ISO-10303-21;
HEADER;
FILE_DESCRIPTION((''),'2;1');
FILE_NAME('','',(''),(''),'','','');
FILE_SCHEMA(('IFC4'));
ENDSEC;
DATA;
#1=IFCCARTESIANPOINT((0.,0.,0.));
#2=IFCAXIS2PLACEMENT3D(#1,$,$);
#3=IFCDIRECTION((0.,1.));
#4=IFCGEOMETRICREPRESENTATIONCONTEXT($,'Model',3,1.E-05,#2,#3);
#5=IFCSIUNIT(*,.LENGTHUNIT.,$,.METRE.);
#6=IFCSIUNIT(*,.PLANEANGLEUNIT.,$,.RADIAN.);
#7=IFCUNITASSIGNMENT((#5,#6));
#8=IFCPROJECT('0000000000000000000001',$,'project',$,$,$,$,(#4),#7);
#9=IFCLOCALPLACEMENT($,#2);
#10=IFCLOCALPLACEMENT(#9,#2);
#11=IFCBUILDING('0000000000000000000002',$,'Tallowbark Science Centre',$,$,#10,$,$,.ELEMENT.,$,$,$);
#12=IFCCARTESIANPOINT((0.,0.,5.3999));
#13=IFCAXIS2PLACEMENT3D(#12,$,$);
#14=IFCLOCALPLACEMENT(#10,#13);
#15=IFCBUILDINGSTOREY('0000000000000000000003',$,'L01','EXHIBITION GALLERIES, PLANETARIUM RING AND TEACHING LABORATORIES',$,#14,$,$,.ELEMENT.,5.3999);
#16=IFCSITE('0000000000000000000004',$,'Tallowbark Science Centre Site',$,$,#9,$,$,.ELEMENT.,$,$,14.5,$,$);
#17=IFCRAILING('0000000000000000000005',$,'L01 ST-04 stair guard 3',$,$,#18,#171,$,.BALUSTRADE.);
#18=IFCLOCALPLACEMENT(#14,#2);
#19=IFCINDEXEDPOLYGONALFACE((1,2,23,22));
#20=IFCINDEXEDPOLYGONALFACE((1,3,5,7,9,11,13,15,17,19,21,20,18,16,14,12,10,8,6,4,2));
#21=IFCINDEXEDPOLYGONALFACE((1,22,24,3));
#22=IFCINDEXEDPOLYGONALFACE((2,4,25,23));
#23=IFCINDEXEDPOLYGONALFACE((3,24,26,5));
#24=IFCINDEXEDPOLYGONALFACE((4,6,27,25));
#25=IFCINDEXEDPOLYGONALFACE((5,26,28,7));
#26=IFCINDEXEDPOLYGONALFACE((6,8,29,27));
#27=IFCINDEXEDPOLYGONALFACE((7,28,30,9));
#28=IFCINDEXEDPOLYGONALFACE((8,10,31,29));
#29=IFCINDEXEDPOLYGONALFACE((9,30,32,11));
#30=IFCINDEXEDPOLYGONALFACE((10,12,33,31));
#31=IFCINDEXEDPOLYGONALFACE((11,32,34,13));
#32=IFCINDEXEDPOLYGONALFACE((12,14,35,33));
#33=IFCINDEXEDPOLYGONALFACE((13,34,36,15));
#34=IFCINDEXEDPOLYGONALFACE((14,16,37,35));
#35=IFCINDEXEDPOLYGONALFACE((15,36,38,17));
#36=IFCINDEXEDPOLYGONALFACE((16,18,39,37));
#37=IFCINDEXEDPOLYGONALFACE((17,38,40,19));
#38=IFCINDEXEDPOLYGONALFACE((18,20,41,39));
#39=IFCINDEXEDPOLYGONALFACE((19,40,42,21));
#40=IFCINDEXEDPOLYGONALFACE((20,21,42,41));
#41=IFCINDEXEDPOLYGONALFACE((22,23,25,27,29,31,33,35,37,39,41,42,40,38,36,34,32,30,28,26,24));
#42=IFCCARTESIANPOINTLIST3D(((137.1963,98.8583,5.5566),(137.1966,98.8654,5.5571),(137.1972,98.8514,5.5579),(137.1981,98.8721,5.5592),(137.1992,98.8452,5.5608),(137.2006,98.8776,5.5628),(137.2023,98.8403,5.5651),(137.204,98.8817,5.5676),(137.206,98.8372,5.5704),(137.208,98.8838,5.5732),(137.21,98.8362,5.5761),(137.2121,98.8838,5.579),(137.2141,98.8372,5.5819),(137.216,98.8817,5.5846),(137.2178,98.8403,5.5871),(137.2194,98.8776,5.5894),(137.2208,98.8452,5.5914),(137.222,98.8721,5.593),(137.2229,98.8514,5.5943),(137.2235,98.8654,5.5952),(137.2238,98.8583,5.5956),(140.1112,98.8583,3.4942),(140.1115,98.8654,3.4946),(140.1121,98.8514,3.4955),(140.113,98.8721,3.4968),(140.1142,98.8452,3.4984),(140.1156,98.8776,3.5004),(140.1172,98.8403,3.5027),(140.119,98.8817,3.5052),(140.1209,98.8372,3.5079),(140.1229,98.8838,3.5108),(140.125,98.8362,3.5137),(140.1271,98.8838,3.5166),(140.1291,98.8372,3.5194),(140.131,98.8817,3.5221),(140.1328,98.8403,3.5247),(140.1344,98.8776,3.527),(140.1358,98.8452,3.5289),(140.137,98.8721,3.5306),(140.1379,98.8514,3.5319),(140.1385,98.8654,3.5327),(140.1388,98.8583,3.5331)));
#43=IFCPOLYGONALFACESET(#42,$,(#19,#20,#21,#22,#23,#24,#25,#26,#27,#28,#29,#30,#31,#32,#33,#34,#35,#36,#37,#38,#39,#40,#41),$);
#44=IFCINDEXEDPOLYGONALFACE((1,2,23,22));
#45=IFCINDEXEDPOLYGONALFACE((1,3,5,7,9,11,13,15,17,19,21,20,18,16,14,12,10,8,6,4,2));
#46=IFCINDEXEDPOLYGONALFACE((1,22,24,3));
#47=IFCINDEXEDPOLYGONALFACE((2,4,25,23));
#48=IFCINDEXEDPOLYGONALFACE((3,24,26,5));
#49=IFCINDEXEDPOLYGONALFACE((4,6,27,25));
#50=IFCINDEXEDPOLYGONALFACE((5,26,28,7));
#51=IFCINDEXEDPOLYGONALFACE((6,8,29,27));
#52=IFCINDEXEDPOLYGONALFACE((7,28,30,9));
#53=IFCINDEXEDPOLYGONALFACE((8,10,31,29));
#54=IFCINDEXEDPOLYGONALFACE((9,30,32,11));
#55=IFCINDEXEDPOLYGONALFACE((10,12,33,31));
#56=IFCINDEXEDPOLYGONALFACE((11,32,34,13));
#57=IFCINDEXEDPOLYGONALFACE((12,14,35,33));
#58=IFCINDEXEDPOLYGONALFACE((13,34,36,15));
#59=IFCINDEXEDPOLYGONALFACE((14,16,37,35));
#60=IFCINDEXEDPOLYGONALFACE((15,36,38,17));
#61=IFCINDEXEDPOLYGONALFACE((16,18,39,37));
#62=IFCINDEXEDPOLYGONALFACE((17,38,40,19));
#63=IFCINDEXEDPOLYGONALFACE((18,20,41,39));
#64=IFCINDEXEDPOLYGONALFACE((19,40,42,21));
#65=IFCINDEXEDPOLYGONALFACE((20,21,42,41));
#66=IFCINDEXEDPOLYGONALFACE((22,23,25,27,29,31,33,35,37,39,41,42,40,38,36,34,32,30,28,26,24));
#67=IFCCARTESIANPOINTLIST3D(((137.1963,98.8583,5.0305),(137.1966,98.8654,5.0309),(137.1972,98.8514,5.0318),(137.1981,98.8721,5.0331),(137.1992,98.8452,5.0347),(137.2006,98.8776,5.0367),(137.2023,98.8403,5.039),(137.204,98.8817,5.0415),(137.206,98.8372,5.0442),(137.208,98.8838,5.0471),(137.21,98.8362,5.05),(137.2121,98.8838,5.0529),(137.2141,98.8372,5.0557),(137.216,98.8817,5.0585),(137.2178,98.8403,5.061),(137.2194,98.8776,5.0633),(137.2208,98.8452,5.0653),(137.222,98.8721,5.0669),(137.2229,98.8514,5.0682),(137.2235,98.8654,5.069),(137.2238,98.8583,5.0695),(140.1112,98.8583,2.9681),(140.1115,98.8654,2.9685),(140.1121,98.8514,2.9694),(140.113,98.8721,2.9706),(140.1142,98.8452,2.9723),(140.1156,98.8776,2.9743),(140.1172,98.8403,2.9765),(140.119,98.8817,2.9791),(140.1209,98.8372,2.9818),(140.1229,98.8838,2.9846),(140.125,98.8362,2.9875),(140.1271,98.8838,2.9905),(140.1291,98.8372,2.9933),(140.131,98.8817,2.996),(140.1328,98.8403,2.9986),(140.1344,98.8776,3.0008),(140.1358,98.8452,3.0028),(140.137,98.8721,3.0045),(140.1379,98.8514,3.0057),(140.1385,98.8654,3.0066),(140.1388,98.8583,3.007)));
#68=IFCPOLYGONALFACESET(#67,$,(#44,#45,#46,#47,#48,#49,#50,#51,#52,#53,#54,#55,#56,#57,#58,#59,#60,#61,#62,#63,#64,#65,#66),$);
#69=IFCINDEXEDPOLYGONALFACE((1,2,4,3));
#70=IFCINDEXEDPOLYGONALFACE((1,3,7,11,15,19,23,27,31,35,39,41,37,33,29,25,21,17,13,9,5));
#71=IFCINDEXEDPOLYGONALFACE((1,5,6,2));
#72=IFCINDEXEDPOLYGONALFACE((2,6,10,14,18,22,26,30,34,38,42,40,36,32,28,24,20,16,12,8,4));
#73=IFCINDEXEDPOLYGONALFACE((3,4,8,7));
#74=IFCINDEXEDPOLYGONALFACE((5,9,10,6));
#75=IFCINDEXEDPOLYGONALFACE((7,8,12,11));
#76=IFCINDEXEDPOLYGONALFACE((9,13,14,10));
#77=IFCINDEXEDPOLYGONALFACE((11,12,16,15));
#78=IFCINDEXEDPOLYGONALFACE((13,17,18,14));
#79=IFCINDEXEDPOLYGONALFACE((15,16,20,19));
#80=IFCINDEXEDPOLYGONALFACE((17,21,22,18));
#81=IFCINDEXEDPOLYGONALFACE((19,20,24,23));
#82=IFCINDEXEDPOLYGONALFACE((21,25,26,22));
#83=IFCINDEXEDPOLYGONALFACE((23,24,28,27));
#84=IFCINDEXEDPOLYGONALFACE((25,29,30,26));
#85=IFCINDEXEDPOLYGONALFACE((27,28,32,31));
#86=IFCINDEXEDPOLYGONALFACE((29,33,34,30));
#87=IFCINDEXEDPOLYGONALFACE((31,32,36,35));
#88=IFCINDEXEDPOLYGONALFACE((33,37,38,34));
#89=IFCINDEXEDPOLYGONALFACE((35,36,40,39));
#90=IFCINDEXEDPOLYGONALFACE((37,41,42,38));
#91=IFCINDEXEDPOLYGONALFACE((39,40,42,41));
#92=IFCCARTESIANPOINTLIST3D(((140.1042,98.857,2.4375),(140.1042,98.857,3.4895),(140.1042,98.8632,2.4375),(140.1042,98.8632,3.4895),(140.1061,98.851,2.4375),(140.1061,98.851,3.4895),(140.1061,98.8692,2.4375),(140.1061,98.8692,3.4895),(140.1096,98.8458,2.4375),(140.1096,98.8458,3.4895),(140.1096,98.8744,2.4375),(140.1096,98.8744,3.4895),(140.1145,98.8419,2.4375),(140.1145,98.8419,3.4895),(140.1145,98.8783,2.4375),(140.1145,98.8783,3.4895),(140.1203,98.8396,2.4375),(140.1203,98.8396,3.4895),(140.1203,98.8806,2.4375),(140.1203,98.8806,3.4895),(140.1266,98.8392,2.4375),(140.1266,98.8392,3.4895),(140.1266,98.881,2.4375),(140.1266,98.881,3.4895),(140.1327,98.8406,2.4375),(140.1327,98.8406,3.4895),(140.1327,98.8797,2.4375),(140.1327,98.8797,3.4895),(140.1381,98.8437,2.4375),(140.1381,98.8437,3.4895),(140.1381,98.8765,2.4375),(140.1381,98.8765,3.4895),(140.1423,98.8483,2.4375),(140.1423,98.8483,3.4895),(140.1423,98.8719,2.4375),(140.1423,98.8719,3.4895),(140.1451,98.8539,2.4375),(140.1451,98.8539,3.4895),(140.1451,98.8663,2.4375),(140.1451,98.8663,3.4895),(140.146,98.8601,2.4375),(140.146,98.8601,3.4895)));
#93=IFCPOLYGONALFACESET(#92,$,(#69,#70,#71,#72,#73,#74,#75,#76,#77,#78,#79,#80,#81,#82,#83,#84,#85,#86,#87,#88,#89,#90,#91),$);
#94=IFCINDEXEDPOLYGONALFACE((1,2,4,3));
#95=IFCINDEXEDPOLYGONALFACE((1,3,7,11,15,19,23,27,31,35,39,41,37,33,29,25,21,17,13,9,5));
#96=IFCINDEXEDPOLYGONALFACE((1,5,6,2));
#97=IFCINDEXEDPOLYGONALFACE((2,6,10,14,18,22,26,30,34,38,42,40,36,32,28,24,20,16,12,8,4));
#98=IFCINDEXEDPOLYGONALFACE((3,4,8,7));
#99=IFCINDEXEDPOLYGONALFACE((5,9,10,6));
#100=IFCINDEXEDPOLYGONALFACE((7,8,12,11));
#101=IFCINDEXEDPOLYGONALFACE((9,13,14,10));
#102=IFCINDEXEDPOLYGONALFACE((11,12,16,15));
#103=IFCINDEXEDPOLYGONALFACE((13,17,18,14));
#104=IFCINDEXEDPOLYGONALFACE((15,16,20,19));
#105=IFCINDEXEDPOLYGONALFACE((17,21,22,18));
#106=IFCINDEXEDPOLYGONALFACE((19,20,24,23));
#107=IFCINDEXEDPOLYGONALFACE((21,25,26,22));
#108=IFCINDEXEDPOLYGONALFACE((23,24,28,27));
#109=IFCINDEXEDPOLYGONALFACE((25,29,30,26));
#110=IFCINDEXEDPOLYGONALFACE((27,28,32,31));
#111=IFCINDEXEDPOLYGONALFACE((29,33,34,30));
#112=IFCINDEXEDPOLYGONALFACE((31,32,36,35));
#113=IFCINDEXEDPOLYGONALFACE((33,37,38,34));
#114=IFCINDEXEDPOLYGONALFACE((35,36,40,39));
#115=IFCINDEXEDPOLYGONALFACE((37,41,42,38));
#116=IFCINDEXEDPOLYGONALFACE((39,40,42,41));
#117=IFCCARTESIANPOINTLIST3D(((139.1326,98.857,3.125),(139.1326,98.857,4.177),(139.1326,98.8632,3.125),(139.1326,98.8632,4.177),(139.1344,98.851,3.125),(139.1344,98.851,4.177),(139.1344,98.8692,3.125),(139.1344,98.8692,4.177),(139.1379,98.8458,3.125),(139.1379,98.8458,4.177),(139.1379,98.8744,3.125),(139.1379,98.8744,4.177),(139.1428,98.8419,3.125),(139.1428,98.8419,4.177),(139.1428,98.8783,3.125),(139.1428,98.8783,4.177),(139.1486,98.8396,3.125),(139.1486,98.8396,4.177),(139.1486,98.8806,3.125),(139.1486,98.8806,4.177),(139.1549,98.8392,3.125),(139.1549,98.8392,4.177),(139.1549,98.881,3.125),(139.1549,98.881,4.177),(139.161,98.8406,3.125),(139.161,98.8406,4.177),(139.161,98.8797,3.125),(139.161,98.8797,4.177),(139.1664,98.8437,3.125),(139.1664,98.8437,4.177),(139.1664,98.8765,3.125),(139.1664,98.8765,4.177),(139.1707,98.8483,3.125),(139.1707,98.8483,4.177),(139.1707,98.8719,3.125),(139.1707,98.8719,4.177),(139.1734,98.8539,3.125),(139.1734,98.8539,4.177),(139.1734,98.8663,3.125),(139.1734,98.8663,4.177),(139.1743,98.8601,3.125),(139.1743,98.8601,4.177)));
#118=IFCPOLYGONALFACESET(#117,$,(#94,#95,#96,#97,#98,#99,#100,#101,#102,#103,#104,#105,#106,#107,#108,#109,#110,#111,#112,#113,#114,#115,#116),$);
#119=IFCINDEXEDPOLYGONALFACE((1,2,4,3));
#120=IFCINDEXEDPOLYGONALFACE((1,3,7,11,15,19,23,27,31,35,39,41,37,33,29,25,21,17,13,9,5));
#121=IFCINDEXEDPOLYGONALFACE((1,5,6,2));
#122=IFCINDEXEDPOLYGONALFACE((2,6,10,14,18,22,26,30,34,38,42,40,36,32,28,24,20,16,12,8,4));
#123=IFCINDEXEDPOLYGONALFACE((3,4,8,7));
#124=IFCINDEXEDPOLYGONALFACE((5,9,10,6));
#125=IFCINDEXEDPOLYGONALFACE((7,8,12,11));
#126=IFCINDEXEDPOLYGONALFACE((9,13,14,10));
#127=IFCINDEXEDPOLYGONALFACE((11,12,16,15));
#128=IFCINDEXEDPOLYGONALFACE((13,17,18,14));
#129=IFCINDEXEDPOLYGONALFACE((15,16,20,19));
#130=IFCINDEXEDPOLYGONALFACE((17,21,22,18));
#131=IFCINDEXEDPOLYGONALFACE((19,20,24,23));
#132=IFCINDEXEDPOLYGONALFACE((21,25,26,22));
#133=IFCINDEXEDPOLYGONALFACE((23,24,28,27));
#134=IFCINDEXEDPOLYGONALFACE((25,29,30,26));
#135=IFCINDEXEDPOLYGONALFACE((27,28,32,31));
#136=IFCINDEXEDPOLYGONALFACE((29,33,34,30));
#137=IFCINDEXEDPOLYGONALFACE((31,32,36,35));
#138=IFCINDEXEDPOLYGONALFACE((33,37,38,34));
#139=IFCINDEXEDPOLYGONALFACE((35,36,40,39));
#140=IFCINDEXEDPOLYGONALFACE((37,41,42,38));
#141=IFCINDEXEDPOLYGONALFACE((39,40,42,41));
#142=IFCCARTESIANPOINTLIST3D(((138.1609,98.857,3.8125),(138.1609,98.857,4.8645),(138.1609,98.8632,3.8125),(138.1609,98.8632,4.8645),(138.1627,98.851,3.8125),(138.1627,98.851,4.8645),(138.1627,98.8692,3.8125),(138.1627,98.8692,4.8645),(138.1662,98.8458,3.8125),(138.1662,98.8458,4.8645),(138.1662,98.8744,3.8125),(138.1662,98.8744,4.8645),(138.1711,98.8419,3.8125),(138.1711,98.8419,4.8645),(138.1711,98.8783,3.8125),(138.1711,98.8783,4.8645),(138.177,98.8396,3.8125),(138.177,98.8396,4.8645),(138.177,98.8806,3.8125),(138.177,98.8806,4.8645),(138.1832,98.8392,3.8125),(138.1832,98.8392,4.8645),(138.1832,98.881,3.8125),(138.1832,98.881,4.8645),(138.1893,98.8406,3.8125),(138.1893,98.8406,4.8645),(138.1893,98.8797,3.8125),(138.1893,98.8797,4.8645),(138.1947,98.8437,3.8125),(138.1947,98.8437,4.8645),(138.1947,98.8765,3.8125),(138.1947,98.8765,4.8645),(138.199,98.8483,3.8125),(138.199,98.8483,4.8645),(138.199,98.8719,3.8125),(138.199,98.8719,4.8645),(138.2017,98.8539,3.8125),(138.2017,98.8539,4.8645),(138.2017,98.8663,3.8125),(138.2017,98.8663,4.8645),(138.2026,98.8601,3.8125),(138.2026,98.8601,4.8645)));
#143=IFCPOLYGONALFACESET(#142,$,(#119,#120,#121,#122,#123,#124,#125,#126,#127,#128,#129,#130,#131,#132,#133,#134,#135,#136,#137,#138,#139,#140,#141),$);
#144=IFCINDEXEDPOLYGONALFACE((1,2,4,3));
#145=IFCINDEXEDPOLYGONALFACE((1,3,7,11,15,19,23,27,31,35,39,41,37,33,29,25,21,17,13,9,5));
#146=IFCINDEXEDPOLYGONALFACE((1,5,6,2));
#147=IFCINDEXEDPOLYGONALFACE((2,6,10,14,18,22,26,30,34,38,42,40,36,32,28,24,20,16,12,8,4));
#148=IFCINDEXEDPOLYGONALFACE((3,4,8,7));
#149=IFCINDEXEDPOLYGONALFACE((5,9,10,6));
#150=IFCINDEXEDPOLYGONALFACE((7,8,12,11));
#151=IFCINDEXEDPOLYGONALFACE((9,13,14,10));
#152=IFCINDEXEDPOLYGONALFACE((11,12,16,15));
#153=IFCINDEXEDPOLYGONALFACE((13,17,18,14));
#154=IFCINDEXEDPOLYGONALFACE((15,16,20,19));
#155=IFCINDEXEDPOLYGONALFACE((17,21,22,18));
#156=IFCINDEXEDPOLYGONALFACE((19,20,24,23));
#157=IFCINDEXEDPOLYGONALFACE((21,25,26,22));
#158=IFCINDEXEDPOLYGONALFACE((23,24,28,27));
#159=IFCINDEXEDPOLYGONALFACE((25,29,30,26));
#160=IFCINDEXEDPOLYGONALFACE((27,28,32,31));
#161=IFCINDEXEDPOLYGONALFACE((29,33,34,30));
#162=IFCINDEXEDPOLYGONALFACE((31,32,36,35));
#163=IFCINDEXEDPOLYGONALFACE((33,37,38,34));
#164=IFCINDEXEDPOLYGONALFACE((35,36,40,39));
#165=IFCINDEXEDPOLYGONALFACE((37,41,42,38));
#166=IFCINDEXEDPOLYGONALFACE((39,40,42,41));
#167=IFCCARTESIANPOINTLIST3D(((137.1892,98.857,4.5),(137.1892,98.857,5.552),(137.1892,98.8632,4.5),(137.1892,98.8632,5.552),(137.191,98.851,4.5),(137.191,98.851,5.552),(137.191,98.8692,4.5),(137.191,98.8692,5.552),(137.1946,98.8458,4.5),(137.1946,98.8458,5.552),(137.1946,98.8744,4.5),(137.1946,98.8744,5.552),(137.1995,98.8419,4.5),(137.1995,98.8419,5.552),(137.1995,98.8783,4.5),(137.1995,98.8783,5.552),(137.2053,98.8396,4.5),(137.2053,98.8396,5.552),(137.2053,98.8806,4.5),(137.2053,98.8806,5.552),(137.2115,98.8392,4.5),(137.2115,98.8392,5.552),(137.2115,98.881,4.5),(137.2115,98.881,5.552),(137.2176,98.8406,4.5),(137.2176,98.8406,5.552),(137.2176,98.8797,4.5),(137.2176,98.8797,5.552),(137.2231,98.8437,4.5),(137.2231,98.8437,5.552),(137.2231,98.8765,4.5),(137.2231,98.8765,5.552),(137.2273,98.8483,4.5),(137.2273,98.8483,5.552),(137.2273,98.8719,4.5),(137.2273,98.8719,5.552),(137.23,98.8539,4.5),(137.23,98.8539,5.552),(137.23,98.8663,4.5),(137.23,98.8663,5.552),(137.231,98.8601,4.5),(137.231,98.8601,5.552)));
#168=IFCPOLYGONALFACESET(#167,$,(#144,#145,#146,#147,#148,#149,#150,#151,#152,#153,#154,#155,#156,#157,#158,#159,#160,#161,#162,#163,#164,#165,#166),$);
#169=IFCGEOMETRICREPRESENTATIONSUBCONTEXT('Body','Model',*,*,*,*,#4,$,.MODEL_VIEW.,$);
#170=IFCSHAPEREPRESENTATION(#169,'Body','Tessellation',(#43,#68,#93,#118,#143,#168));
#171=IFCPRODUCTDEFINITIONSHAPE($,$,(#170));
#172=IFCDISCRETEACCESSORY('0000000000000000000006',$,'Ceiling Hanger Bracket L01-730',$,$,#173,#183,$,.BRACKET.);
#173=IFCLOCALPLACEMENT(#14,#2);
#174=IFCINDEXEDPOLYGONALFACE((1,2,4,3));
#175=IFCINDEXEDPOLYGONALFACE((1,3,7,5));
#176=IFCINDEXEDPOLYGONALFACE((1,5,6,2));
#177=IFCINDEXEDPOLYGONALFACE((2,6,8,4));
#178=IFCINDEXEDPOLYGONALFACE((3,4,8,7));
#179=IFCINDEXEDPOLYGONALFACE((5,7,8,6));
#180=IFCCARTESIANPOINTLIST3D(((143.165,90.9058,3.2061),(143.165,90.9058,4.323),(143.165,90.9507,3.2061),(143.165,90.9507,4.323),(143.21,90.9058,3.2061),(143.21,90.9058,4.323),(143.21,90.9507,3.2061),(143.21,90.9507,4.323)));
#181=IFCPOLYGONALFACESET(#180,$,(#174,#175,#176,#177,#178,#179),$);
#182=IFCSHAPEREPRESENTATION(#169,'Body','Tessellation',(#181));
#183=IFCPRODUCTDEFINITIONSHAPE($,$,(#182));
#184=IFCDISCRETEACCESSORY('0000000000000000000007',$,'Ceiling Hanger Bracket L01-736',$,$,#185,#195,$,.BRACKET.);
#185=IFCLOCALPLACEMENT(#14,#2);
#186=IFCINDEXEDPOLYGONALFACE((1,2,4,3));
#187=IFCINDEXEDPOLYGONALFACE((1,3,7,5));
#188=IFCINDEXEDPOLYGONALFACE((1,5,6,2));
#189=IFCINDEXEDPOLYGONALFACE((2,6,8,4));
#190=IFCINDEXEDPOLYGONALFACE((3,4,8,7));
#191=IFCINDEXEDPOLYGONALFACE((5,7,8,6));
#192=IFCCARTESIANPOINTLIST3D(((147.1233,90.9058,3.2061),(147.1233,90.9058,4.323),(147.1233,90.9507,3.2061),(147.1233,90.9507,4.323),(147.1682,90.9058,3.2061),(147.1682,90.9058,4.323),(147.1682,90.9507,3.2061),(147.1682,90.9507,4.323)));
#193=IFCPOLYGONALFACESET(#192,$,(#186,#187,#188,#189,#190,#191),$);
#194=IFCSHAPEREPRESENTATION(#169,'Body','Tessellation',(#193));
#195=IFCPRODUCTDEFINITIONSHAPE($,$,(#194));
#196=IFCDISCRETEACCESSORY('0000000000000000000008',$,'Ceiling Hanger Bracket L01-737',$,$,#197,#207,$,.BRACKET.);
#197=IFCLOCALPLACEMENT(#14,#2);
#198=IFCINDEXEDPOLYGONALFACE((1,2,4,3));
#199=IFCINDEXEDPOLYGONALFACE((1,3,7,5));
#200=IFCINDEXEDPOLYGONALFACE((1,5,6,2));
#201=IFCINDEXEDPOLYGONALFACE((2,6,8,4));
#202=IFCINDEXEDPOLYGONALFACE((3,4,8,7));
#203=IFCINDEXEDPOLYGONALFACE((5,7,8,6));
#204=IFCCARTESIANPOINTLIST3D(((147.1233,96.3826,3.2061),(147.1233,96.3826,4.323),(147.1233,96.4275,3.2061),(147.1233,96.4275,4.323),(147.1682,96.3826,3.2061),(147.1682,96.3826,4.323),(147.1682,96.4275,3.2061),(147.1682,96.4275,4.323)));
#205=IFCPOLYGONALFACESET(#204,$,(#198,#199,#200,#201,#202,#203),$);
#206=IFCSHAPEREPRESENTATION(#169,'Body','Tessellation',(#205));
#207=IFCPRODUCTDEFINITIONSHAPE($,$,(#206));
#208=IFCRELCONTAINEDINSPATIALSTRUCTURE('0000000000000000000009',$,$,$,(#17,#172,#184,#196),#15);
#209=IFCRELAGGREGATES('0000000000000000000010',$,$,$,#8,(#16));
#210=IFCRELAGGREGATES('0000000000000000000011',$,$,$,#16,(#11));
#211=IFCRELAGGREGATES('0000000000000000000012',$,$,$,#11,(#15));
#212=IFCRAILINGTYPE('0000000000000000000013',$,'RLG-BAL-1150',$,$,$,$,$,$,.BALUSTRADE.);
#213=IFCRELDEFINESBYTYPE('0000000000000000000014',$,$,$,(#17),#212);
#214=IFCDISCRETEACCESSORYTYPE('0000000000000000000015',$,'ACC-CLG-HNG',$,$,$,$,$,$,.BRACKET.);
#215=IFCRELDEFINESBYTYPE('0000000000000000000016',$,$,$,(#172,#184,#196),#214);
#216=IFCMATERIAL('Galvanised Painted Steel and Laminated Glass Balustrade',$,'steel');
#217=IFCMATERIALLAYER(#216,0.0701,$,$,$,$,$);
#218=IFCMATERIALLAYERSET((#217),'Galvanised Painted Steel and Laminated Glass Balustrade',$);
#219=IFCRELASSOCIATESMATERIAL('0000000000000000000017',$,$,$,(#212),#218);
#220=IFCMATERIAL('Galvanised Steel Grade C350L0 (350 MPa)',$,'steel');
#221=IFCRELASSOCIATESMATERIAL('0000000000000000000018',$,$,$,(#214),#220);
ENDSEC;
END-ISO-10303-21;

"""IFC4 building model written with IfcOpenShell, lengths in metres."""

from ifc_helpers import new_model, si_unit, direction, frame, origin, origin_2d, place, context, subcontext, project, spatial, rectangle, circle, extrude, material, layer, layer_set, type_object, element, save


model = new_model("IFC4")

# Units and contexts
model_context = context("Model", 3, precision=1e-05, world=origin(), true_north=direction((0.0, 1.0)))
body_context = subcontext(model_context, "Body", "Model", "MODEL_VIEW")
ifc_project = project(units=[si_unit("LENGTHUNIT", "METRE"), si_unit("PLANEANGLEUNIT", "RADIAN")], contexts=[model_context])

# Site, building, storey
site_placement = place(None, origin())
site = spatial("IfcSite", under=ifc_project, at=site_placement, Name="Tallowbark Science Centre Site", CompositionType="ELEMENT", RefElevation=14.5)
building_placement = place(site_placement, origin())
building = spatial("IfcBuilding", under=site, at=building_placement, Name="Tallowbark Science Centre", CompositionType="ELEMENT")
storey_placement = place(building_placement, frame((0.0, 0.0, 5.3999)))
storey = spatial("IfcBuildingStorey", under=building, at=storey_placement, Name="L01", Description="EXHIBITION GALLERIES, PLANETARIUM RING AND TEACHING LABORATORIES", CompositionType="ELEMENT", Elevation=5.3999)

# Railing
ifc_material_1 = material(Name="Galvanised Painted Steel and Laminated Glass Balustrade", Category="steel")
ifc_layer_1 = layer(ifc_material_1, 0.0701)
ifc_layer_set_1 = layer_set([ifc_layer_1], Name="Galvanised Painted Steel and Laminated Glass Balustrade")
railing_type = type_object("IfcRailingType", Name="RLG-BAL-1150", PredefinedType="BALUSTRADE", material=ifc_layer_set_1)
railing_1_placement = place(storey_placement, frame((140.125, 98.8601, 2.4375)))
element("IfcRailing", 1, at=railing_1_placement, inside=storey, type_object=railing_type, Name="L01 ST-04 stair guard 3", PredefinedType="BALUSTRADE", context=body_context, shape_type="SweptSolid", body=[
    extrude(circle(Radius=0.0239, at=origin_2d()), frame((0.0, 0.0, 1.0762), z_axis=(-0.816331, 0.0, 0.577585), x_axis=(0.0, -1.0, 0.0)), (0.0, 0.0, 1.0), 3.5708),
    extrude(circle(Radius=0.0239, at=origin_2d()), frame((0.0, 0.0, 0.55), z_axis=(-0.816331, 0.0, 0.577585), x_axis=(0.0, -1.0, 0.0)), (0.0, 0.0, 1.0), 3.5708),
    extrude(circle(Radius=0.021, at=origin_2d()), origin(), (0.0, 0.0, 1.0), 1.052),
    extrude(circle(Radius=0.021, at=origin_2d()), frame((-0.9717, 0.0, 0.6875)), (0.0, 0.0, 1.0), 1.052),
    extrude(circle(Radius=0.021, at=origin_2d()), frame((-1.9434, 0.0, 1.375)), (0.0, 0.0, 1.0), 1.052),
    extrude(circle(Radius=0.021, at=origin_2d()), frame((-2.915, 0.0, 2.0625)), (0.0, 0.0, 1.0), 1.052),
])

# Discrete accessories
ifc_material_2 = material(Name="Galvanised Steel Grade C350L0 (350 MPa)", Category="steel")
discrete_accessory_type = type_object("IfcDiscreteAccessoryType", Name="ACC-CLG-HNG", PredefinedType="BRACKET", material=ifc_material_2)
for number, where, z_axis, x_axis, name in (
    (2, (143.1875, 90.9282, 3.2061), (0.0, 0.0, 1.0), (1.0, 0.0, 0.0), "Ceiling Hanger Bracket L01-730"),
    (3, (147.1458, 90.9282, 3.2061), (0.0, 0.0, 1.0), (1.0, 0.0, 0.0), "Ceiling Hanger Bracket L01-736"),
    (4, (147.1458, 96.405, 3.2061), (0.0, 0.0, 1.0), (1.0, 0.0, 0.0), "Ceiling Hanger Bracket L01-737"),
):
    element("IfcDiscreteAccessory", number, at=place(storey_placement, frame(where, z_axis=z_axis, x_axis=x_axis)), inside=storey, type_object=discrete_accessory_type, Name=name, PredefinedType="BRACKET", context=body_context, shape_type="SweptSolid", body=[
        extrude(rectangle(XDim=0.0449, YDim=0.0449, at=origin_2d()), origin(), (0.0, 0.0, 1.0), 1.1169),
    ])

save(model, "model.ifc")
